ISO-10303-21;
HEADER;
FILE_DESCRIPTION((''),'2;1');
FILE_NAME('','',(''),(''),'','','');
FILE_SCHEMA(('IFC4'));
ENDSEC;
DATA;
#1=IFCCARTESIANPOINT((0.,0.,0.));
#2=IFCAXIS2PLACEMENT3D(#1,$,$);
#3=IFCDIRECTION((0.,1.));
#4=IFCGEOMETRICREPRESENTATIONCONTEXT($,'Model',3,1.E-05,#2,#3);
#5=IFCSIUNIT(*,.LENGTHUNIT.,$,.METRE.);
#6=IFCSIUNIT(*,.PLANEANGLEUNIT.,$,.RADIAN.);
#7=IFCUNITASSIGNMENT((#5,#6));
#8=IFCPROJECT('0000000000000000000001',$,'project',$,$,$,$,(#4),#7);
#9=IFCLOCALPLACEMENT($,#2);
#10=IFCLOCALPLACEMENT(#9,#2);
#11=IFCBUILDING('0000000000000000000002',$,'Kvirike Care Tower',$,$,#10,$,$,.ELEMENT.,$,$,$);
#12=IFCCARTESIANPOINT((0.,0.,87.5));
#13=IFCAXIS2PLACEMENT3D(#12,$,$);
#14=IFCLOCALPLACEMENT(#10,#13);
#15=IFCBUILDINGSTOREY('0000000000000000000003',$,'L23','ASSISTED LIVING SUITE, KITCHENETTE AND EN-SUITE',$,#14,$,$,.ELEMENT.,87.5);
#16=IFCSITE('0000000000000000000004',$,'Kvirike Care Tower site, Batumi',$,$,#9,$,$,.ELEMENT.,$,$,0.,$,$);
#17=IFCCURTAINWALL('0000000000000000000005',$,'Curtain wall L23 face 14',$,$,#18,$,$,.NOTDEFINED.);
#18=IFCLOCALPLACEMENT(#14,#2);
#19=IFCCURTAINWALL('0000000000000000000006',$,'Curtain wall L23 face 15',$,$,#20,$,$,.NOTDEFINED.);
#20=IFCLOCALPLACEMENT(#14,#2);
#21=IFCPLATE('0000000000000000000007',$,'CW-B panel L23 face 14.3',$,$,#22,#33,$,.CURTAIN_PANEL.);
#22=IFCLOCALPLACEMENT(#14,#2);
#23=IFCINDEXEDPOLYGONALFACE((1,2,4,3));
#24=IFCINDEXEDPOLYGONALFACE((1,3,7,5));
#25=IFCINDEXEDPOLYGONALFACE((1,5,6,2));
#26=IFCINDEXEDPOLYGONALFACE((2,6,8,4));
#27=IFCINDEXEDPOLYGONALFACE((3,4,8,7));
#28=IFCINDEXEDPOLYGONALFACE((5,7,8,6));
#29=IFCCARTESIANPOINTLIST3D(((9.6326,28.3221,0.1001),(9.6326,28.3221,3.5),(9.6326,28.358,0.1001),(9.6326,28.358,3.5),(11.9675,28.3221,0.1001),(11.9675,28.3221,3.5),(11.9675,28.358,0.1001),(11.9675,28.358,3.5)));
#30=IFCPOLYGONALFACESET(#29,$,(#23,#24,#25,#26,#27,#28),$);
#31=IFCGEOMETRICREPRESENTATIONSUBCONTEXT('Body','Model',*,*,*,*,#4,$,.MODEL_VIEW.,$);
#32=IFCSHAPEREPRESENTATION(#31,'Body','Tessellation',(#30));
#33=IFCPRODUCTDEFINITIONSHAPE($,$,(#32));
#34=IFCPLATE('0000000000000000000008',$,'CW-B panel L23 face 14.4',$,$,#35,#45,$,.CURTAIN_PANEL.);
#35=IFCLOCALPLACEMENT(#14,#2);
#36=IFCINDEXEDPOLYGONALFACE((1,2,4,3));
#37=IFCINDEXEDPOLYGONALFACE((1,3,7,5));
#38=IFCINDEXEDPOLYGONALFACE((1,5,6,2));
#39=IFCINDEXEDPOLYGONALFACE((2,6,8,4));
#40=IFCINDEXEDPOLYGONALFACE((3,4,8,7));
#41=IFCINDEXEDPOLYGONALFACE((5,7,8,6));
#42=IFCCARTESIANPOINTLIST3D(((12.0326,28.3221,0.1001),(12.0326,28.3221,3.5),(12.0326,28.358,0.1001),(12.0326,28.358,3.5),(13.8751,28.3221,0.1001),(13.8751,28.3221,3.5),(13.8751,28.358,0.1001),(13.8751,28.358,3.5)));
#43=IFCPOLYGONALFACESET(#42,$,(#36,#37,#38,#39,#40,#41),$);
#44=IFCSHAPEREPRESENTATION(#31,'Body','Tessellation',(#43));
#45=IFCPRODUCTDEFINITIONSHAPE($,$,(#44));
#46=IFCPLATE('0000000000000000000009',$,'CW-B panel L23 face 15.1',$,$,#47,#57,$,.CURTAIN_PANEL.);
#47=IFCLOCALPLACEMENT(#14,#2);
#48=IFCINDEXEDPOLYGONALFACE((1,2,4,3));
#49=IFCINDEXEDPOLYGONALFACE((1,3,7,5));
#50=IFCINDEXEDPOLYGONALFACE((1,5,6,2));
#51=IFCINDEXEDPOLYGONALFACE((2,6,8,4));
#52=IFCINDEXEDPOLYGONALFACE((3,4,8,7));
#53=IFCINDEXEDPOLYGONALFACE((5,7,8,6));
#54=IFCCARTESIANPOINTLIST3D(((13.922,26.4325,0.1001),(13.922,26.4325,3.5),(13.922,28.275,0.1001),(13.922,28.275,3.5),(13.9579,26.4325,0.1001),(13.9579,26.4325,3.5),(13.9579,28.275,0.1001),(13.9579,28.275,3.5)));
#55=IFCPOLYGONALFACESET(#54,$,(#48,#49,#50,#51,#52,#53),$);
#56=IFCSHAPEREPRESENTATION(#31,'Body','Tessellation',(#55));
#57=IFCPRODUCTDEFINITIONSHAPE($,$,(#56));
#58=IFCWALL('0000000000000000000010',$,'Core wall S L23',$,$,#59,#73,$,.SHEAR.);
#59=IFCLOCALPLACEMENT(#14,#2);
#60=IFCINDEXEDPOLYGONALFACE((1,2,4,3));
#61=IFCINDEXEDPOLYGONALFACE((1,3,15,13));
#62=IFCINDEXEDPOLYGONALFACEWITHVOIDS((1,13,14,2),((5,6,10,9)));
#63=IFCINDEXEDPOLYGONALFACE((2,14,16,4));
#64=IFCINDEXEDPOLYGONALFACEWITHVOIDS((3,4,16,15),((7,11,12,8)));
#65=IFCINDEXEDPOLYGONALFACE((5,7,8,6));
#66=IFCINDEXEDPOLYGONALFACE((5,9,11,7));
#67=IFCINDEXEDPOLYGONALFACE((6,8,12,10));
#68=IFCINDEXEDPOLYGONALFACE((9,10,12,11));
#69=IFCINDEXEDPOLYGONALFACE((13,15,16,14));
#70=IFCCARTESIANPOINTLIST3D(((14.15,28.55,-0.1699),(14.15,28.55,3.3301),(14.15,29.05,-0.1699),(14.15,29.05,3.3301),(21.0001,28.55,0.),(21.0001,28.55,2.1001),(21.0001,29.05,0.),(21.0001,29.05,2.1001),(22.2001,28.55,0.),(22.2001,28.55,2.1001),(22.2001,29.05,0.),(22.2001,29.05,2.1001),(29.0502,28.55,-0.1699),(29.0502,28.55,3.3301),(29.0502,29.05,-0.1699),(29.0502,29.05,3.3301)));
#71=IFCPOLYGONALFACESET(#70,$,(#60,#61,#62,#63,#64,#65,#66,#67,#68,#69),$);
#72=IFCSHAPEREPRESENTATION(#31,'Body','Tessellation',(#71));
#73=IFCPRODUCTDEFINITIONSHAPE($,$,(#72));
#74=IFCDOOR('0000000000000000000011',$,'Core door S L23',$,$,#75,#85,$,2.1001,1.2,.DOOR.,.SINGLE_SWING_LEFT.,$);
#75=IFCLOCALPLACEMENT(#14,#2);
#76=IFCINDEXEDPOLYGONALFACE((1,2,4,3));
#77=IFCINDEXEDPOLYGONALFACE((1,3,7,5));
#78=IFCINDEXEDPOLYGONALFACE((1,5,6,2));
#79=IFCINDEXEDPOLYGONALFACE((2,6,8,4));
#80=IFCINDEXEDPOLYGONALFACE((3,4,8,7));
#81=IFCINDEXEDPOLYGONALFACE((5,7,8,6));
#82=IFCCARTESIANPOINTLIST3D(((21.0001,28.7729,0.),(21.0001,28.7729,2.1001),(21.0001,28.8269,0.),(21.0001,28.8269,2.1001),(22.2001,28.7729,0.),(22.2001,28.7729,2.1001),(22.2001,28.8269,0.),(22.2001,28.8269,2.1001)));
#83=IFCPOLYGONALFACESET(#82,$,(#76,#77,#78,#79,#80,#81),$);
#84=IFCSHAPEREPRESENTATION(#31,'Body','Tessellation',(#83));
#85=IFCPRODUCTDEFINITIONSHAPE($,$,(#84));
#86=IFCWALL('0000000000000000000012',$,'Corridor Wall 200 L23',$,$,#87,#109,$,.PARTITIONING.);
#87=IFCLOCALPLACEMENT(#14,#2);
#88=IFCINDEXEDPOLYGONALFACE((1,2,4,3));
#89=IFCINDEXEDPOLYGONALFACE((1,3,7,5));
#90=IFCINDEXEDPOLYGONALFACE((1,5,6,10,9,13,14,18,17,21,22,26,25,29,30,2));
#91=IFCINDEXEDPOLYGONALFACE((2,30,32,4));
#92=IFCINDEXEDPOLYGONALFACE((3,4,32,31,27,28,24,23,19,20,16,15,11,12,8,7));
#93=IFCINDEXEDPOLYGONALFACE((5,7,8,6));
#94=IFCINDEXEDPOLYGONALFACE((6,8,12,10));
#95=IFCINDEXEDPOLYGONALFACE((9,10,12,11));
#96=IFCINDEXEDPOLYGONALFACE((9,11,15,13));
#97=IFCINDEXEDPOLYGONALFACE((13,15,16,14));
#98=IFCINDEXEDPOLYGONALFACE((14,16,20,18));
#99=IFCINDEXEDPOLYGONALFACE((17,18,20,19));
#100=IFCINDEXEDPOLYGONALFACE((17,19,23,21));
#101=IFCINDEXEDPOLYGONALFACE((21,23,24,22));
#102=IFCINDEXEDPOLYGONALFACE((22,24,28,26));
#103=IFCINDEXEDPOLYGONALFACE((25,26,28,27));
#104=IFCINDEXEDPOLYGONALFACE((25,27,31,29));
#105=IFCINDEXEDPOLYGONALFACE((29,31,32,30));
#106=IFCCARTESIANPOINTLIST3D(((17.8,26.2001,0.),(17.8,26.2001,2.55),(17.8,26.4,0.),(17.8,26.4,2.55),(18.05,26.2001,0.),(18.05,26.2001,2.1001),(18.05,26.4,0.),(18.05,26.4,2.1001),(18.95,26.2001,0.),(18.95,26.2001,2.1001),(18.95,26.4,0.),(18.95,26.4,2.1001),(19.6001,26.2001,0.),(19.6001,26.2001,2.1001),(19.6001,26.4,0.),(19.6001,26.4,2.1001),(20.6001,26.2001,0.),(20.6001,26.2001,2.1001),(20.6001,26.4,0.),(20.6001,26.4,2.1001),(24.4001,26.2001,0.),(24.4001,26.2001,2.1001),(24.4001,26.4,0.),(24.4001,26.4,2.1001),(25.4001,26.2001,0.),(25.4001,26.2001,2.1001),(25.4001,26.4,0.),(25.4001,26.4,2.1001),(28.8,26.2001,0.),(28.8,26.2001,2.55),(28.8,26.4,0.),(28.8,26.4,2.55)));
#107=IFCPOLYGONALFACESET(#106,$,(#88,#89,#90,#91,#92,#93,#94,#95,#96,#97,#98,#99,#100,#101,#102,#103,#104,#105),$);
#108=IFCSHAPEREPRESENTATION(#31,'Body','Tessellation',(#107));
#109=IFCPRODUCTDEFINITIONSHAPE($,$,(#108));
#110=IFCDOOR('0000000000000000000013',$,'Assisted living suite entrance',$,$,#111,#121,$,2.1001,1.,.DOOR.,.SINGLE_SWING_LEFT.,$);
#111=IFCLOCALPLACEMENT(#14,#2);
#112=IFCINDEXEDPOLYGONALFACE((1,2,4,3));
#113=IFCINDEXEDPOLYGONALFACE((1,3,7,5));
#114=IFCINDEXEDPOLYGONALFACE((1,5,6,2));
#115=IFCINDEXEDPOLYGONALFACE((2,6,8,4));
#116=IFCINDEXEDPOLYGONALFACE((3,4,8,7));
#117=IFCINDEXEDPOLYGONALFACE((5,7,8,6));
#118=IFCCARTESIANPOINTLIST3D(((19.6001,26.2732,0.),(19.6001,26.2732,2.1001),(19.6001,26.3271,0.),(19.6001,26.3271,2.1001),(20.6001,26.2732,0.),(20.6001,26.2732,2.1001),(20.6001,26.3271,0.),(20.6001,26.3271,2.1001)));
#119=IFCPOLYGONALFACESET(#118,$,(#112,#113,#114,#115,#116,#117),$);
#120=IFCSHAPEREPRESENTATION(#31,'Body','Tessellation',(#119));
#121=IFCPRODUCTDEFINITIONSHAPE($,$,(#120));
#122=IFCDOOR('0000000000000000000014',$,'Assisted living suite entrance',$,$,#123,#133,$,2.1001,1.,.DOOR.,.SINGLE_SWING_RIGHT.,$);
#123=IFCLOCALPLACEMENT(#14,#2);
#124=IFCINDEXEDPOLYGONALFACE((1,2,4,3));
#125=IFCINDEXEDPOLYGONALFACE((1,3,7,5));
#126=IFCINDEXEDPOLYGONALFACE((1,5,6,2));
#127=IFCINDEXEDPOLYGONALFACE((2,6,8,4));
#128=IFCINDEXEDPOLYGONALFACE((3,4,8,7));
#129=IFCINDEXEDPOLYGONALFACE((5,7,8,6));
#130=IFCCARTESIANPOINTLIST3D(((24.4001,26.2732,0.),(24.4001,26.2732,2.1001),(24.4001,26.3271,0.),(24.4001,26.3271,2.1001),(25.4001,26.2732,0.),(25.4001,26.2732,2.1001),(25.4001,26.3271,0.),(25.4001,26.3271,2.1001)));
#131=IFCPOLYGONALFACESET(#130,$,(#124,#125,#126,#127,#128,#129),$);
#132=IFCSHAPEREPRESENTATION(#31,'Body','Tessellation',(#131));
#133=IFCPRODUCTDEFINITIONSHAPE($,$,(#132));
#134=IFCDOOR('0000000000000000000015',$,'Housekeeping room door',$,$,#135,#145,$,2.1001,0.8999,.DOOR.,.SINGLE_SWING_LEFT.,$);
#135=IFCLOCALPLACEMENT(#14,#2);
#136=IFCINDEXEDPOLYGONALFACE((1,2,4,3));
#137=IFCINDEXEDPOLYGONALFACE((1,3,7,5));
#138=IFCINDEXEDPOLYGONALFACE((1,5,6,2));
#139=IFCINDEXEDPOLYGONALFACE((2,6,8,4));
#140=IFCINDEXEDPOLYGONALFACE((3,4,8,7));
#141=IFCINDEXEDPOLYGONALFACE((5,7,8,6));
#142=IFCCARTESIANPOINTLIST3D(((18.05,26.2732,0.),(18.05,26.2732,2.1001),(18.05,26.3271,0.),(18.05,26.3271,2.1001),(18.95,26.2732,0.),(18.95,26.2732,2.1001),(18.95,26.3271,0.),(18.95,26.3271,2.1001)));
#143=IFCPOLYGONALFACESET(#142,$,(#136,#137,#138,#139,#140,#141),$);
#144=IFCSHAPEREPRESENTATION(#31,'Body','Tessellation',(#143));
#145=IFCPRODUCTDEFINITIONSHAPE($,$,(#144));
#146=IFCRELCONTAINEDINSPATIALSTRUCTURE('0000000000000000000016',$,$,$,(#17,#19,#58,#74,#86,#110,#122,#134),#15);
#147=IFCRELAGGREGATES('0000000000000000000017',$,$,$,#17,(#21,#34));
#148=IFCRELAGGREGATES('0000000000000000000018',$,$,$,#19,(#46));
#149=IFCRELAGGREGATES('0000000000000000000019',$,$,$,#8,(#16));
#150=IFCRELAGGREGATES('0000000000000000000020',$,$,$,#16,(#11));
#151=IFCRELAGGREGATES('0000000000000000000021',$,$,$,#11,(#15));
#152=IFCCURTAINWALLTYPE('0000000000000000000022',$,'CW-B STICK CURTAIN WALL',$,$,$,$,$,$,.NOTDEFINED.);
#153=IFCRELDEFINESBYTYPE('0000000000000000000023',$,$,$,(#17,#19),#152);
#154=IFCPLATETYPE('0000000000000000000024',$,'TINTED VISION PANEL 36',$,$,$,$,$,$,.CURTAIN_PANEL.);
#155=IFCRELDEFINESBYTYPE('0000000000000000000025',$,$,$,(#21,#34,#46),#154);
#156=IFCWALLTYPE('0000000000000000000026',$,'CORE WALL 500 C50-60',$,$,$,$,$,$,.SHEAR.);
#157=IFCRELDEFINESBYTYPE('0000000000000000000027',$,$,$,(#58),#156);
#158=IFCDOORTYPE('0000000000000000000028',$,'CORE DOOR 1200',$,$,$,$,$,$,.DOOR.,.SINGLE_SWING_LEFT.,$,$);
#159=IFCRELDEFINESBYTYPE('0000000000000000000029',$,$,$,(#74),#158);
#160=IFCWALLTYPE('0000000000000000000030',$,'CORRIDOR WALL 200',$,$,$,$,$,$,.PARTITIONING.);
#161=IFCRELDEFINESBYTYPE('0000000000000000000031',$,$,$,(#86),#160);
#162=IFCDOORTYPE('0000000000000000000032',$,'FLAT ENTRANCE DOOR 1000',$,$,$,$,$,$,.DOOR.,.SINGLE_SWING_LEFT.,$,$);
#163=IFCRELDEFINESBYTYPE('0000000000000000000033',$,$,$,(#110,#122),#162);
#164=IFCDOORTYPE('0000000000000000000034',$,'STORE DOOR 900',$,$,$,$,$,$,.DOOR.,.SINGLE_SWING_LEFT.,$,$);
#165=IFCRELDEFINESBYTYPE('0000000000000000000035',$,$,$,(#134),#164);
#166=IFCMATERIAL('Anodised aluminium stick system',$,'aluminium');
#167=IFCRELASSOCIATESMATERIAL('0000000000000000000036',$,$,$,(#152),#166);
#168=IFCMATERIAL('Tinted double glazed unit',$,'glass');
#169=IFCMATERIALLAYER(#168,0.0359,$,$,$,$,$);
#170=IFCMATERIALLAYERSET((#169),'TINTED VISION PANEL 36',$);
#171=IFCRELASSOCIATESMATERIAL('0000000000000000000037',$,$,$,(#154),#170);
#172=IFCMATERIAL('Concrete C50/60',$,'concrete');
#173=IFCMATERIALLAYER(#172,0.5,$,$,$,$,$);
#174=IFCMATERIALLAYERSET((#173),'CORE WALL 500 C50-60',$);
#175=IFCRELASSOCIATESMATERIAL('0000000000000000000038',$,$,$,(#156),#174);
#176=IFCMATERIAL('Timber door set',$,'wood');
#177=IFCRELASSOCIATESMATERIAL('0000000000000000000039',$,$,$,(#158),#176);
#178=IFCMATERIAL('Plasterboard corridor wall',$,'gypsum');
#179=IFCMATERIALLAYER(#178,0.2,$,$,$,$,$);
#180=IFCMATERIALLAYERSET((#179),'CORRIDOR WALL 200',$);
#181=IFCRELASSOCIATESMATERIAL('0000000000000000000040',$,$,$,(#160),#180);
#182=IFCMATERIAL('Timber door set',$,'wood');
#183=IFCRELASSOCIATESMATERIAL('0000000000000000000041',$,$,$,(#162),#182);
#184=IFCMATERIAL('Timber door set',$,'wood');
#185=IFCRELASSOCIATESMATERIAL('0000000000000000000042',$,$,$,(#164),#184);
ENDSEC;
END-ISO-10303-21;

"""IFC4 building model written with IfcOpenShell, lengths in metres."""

from ifc_helpers import new_model, si_unit, direction, frame, frame_2d, origin, origin_2d, place, context, subcontext, project, spatial, rectangle, extrude, material, layer, layer_set, type_object, element, fill, aggregate, save


model = new_model("IFC4")

# Units and contexts
model_context = context("Model", 3, precision=1e-05, world=origin(), true_north=direction((0.0, 1.0)))
body_context = subcontext(model_context, "Body", "Model", "MODEL_VIEW")
ifc_project = project(units=[si_unit("LENGTHUNIT", "METRE"), si_unit("PLANEANGLEUNIT", "RADIAN")], contexts=[model_context])

# Site, building, storey
site_placement = place(None, origin())
site = spatial("IfcSite", under=ifc_project, at=site_placement, Name="Kvirike Care Tower site, Batumi", CompositionType="ELEMENT", RefElevation=0.0)
building_placement = place(site_placement, origin())
building = spatial("IfcBuilding", under=site, at=building_placement, Name="Kvirike Care Tower", CompositionType="ELEMENT")
storey_placement = place(building_placement, frame((0.0, 0.0, 87.5)))
storey = spatial("IfcBuildingStorey", under=building, at=storey_placement, Name="L23", Description="ASSISTED LIVING SUITE, KITCHENETTE AND EN-SUITE", CompositionType="ELEMENT", Elevation=87.5)

# Curtain walls
ifc_material_1 = material(Name="Anodised aluminium stick system", Category="aluminium")
curtain_wall_type = type_object("IfcCurtainWallType", Name="CW-B STICK CURTAIN WALL", PredefinedType="NOTDEFINED", material=ifc_material_1)
curtain_wall_1_placement = place(storey_placement, origin())
curtain_wall_1 = element("IfcCurtainWall", 1, at=curtain_wall_1_placement, inside=storey, type_object=curtain_wall_type, Name="Curtain wall L23 face 14", PredefinedType="NOTDEFINED")
curtain_wall_2_placement = place(storey_placement, origin())
curtain_wall_2 = element("IfcCurtainWall", 2, at=curtain_wall_2_placement, inside=storey, type_object=curtain_wall_type, Name="Curtain wall L23 face 15", PredefinedType="NOTDEFINED")

# Plates
ifc_material_2 = material(Name="Tinted double glazed unit", Category="glass")
ifc_layer_1 = layer(ifc_material_2, 0.0359)
ifc_layer_set_1 = layer_set([ifc_layer_1], Name="TINTED VISION PANEL 36")
plate_type = type_object("IfcPlateType", Name="TINTED VISION PANEL 36", PredefinedType="CURTAIN_PANEL", material=ifc_layer_set_1)
plate_1_placement = place(storey_placement, frame((10.8, 28.3401, 0.1001), z_axis=(0.0, 0.0, 1.0), x_axis=(1.0, 0.0, 0.0)))
plate_1 = element("IfcPlate", 3, at=plate_1_placement, type_object=plate_type, Name="CW-B panel L23 face 14.3", PredefinedType="CURTAIN_PANEL", context=body_context, shape_type="SweptSolid", body=[
    extrude(rectangle(XDim=2.335, YDim=0.0359, at=origin_2d()), origin(), (0.0, 0.0, 1.0), 3.3999),
])
plate_2_placement = place(storey_placement, frame((12.9539, 28.3401, 0.1001), z_axis=(0.0, 0.0, 1.0), x_axis=(1.0, 0.0, 0.0)))
plate_2 = element("IfcPlate", 4, at=plate_2_placement, type_object=plate_type, Name="CW-B panel L23 face 14.4", PredefinedType="CURTAIN_PANEL", context=body_context, shape_type="SweptSolid", body=[
    extrude(rectangle(XDim=1.8425, YDim=0.0359, at=origin_2d()), origin(), (0.0, 0.0, 1.0), 3.3999),
])
aggregate(curtain_wall_1, [plate_1, plate_2])
plate_3_placement = place(storey_placement, frame((13.9399, 27.3538, 0.1001), z_axis=(0.0, 0.0, 1.0), x_axis=(0.0, -1.0, 0.0)))
plate_3 = element("IfcPlate", 5, at=plate_3_placement, type_object=plate_type, Name="CW-B panel L23 face 15.1", PredefinedType="CURTAIN_PANEL", context=body_context, shape_type="SweptSolid", body=[
    extrude(rectangle(XDim=1.8425, YDim=0.0359, at=origin_2d()), origin(), (0.0, 0.0, 1.0), 3.3999),
])
aggregate(curtain_wall_2, [plate_3])

# Wall, opening, door
ifc_material_3 = material(Name="Concrete C50/60", Category="concrete")
ifc_layer_2 = layer(ifc_material_3, 0.5)
ifc_layer_set_2 = layer_set([ifc_layer_2], Name="CORE WALL 500 C50-60")
wall_type_1 = type_object("IfcWallType", Name="CORE WALL 500 C50-60", PredefinedType="SHEAR", material=ifc_layer_set_2)
wall_1_placement = place(storey_placement, frame((14.1499, 28.8, -0.1699), z_axis=(0.0, 0.0, 1.0), x_axis=(1.0, 0.0, 0.0)))
wall_1 = element("IfcWall", 6, at=wall_1_placement, inside=storey, type_object=wall_type_1, Name="Core wall S L23", PredefinedType="SHEAR", context=body_context, shape_type="SweptSolid", body=[
    extrude(rectangle(XDim=14.9001, YDim=0.5, at=frame_2d((7.4502, 0.0))), origin(), (0.0, 0.0, 1.0), 3.5),
])
opening_1_placement = place(wall_1_placement, frame((6.8501, 0.0, 0.1699)))
opening_1 = element("IfcOpeningElement", 7, at=opening_1_placement, cuts=wall_1, PredefinedType="OPENING", context=body_context, shape_type="SweptSolid", body=[
    extrude(rectangle(XDim=1.2, YDim=2.1001, at=frame_2d((0.6001, 1.05))), frame((0.0, 0.2605, 0.0), z_axis=(0.0, -1.0, 0.0), x_axis=(1.0, 0.0, 0.0)), (0.0, 0.0, 1.0), 0.521),
])
ifc_material_4 = material(Name="Timber door set", Category="wood")
door_type_1 = type_object("IfcDoorType", Name="CORE DOOR 1200", OperationType="SINGLE_SWING_LEFT", PredefinedType="DOOR", material=ifc_material_4)
door_1_placement = place(opening_1_placement, origin())
door_1 = element("IfcDoor", 8, at=door_1_placement, inside=storey, type_object=door_type_1, Name="Core door S L23", OperationType="SINGLE_SWING_LEFT", OverallHeight=2.1001, OverallWidth=1.2, PredefinedType="DOOR", context=body_context, shape_type="SweptSolid", body=[
    extrude(rectangle(XDim=1.2, YDim=2.1001, at=frame_2d((0.6001, 1.05))), frame((0.0, 0.0269, 0.0), z_axis=(0.0, -1.0, 0.0), x_axis=(1.0, 0.0, 0.0)), (0.0, 0.0, 1.0), 0.054),
])
fill(opening_1, door_1)

# Wall, openings, doors
ifc_material_5 = material(Name="Plasterboard corridor wall", Category="gypsum")
ifc_layer_3 = layer(ifc_material_5, 0.2)
ifc_layer_set_3 = layer_set([ifc_layer_3], Name="CORRIDOR WALL 200")
wall_type_2 = type_object("IfcWallType", Name="CORRIDOR WALL 200", PredefinedType="PARTITIONING", material=ifc_layer_set_3)
wall_2_placement = place(storey_placement, frame((17.8, 26.3, 0.0), z_axis=(0.0, 0.0, 1.0), x_axis=(1.0, 0.0, 0.0)))
wall_2 = element("IfcWall", 9, at=wall_2_placement, inside=storey, type_object=wall_type_2, Name="Corridor Wall 200 L23", PredefinedType="PARTITIONING", context=body_context, shape_type="SweptSolid", body=[
    extrude(rectangle(XDim=11.0, YDim=0.2, at=frame_2d((5.5, 0.0))), origin(), (0.0, 0.0, 1.0), 2.55),
])
opening_2_placement = place(wall_2_placement, frame((0.25, 0.0, 0.0)))
opening_2 = element("IfcOpeningElement", 10, at=opening_2_placement, cuts=wall_2, PredefinedType="OPENING", context=body_context, shape_type="SweptSolid", body=[
    extrude(rectangle(XDim=0.8999, YDim=2.1001, at=frame_2d((0.45, 1.05))), frame((0.0, 0.1106, 0.0), z_axis=(0.0, -1.0, 0.0), x_axis=(1.0, 0.0, 0.0)), (0.0, 0.0, 1.0), 0.2209),
])
opening_3_placement = place(wall_2_placement, frame((1.8, 0.0, 0.0)))
opening_3 = element("IfcOpeningElement", 11, at=opening_3_placement, cuts=wall_2, PredefinedType="OPENING", context=body_context, shape_type="SweptSolid", body=[
    extrude(rectangle(XDim=1.0, YDim=2.1001, at=frame_2d((0.5, 1.05))), frame((0.0, 0.1106, 0.0), z_axis=(0.0, -1.0, 0.0), x_axis=(1.0, 0.0, 0.0)), (0.0, 0.0, 1.0), 0.2209),
])
opening_4_placement = place(wall_2_placement, frame((6.6001, 0.0, 0.0)))
opening_4 = element("IfcOpeningElement", 12, at=opening_4_placement, cuts=wall_2, PredefinedType="OPENING", context=body_context, shape_type="SweptSolid", body=[
    extrude(rectangle(XDim=1.0, YDim=2.1001, at=frame_2d((0.5, 1.05))), frame((0.0, 0.1106, 0.0), z_axis=(0.0, -1.0, 0.0), x_axis=(1.0, 0.0, 0.0)), (0.0, 0.0, 1.0), 0.2209),
])
ifc_material_6 = material(Name="Timber door set", Category="wood")
door_type_2 = type_object("IfcDoorType", Name="FLAT ENTRANCE DOOR 1000", OperationType="SINGLE_SWING_LEFT", PredefinedType="DOOR", material=ifc_material_6)
door_2_placement = place(opening_3_placement, frame((1.0, 0.0, 0.0), z_axis=(0.0, 0.0, 1.0), x_axis=(-1.0, 0.0, 0.0)))
door_2 = element("IfcDoor", 13, at=door_2_placement, inside=storey, type_object=door_type_2, Name="Assisted living suite entrance", OperationType="SINGLE_SWING_LEFT", OverallHeight=2.1001, OverallWidth=1.0, PredefinedType="DOOR", context=body_context, shape_type="SweptSolid", body=[
    extrude(rectangle(XDim=1.0, YDim=2.1001, at=frame_2d((0.5, 1.05))), frame((0.0, 0.0269, 0.0), z_axis=(0.0, -1.0, 0.0), x_axis=(1.0, 0.0, 0.0)), (0.0, 0.0, 1.0), 0.054),
])
fill(opening_3, door_2)
door_3_placement = place(opening_4_placement, frame((1.0, 0.0, 0.0), z_axis=(0.0, 0.0, 1.0), x_axis=(-1.0, 0.0, 0.0)))
door_3 = element("IfcDoor", 14, at=door_3_placement, inside=storey, type_object=door_type_2, Name="Assisted living suite entrance", OperationType="SINGLE_SWING_RIGHT", OverallHeight=2.1001, OverallWidth=1.0, PredefinedType="DOOR", context=body_context, shape_type="SweptSolid", body=[
    extrude(rectangle(XDim=1.0, YDim=2.1001, at=frame_2d((0.5, 1.05))), frame((0.0, 0.0269, 0.0), z_axis=(0.0, -1.0, 0.0), x_axis=(1.0, 0.0, 0.0)), (0.0, 0.0, 1.0), 0.054),
])
fill(opening_4, door_3)
ifc_material_7 = material(Name="Timber door set", Category="wood")
door_type_3 = type_object("IfcDoorType", Name="STORE DOOR 900", OperationType="SINGLE_SWING_LEFT", PredefinedType="DOOR", material=ifc_material_7)
door_4_placement = place(opening_2_placement, frame((0.8999, 0.0, 0.0), z_axis=(0.0, 0.0, 1.0), x_axis=(-1.0, 0.0, 0.0)))
door_4 = element("IfcDoor", 15, at=door_4_placement, inside=storey, type_object=door_type_3, Name="Housekeeping room door", OperationType="SINGLE_SWING_LEFT", OverallHeight=2.1001, OverallWidth=0.8999, PredefinedType="DOOR", context=body_context, shape_type="SweptSolid", body=[
    extrude(rectangle(XDim=0.8999, YDim=2.1001, at=frame_2d((0.45, 1.05))), frame((0.0, 0.0269, 0.0), z_axis=(0.0, -1.0, 0.0), x_axis=(1.0, 0.0, 0.0)), (0.0, 0.0, 1.0), 0.054),
])
fill(opening_2, door_4)

save(model, "model.ifc")
